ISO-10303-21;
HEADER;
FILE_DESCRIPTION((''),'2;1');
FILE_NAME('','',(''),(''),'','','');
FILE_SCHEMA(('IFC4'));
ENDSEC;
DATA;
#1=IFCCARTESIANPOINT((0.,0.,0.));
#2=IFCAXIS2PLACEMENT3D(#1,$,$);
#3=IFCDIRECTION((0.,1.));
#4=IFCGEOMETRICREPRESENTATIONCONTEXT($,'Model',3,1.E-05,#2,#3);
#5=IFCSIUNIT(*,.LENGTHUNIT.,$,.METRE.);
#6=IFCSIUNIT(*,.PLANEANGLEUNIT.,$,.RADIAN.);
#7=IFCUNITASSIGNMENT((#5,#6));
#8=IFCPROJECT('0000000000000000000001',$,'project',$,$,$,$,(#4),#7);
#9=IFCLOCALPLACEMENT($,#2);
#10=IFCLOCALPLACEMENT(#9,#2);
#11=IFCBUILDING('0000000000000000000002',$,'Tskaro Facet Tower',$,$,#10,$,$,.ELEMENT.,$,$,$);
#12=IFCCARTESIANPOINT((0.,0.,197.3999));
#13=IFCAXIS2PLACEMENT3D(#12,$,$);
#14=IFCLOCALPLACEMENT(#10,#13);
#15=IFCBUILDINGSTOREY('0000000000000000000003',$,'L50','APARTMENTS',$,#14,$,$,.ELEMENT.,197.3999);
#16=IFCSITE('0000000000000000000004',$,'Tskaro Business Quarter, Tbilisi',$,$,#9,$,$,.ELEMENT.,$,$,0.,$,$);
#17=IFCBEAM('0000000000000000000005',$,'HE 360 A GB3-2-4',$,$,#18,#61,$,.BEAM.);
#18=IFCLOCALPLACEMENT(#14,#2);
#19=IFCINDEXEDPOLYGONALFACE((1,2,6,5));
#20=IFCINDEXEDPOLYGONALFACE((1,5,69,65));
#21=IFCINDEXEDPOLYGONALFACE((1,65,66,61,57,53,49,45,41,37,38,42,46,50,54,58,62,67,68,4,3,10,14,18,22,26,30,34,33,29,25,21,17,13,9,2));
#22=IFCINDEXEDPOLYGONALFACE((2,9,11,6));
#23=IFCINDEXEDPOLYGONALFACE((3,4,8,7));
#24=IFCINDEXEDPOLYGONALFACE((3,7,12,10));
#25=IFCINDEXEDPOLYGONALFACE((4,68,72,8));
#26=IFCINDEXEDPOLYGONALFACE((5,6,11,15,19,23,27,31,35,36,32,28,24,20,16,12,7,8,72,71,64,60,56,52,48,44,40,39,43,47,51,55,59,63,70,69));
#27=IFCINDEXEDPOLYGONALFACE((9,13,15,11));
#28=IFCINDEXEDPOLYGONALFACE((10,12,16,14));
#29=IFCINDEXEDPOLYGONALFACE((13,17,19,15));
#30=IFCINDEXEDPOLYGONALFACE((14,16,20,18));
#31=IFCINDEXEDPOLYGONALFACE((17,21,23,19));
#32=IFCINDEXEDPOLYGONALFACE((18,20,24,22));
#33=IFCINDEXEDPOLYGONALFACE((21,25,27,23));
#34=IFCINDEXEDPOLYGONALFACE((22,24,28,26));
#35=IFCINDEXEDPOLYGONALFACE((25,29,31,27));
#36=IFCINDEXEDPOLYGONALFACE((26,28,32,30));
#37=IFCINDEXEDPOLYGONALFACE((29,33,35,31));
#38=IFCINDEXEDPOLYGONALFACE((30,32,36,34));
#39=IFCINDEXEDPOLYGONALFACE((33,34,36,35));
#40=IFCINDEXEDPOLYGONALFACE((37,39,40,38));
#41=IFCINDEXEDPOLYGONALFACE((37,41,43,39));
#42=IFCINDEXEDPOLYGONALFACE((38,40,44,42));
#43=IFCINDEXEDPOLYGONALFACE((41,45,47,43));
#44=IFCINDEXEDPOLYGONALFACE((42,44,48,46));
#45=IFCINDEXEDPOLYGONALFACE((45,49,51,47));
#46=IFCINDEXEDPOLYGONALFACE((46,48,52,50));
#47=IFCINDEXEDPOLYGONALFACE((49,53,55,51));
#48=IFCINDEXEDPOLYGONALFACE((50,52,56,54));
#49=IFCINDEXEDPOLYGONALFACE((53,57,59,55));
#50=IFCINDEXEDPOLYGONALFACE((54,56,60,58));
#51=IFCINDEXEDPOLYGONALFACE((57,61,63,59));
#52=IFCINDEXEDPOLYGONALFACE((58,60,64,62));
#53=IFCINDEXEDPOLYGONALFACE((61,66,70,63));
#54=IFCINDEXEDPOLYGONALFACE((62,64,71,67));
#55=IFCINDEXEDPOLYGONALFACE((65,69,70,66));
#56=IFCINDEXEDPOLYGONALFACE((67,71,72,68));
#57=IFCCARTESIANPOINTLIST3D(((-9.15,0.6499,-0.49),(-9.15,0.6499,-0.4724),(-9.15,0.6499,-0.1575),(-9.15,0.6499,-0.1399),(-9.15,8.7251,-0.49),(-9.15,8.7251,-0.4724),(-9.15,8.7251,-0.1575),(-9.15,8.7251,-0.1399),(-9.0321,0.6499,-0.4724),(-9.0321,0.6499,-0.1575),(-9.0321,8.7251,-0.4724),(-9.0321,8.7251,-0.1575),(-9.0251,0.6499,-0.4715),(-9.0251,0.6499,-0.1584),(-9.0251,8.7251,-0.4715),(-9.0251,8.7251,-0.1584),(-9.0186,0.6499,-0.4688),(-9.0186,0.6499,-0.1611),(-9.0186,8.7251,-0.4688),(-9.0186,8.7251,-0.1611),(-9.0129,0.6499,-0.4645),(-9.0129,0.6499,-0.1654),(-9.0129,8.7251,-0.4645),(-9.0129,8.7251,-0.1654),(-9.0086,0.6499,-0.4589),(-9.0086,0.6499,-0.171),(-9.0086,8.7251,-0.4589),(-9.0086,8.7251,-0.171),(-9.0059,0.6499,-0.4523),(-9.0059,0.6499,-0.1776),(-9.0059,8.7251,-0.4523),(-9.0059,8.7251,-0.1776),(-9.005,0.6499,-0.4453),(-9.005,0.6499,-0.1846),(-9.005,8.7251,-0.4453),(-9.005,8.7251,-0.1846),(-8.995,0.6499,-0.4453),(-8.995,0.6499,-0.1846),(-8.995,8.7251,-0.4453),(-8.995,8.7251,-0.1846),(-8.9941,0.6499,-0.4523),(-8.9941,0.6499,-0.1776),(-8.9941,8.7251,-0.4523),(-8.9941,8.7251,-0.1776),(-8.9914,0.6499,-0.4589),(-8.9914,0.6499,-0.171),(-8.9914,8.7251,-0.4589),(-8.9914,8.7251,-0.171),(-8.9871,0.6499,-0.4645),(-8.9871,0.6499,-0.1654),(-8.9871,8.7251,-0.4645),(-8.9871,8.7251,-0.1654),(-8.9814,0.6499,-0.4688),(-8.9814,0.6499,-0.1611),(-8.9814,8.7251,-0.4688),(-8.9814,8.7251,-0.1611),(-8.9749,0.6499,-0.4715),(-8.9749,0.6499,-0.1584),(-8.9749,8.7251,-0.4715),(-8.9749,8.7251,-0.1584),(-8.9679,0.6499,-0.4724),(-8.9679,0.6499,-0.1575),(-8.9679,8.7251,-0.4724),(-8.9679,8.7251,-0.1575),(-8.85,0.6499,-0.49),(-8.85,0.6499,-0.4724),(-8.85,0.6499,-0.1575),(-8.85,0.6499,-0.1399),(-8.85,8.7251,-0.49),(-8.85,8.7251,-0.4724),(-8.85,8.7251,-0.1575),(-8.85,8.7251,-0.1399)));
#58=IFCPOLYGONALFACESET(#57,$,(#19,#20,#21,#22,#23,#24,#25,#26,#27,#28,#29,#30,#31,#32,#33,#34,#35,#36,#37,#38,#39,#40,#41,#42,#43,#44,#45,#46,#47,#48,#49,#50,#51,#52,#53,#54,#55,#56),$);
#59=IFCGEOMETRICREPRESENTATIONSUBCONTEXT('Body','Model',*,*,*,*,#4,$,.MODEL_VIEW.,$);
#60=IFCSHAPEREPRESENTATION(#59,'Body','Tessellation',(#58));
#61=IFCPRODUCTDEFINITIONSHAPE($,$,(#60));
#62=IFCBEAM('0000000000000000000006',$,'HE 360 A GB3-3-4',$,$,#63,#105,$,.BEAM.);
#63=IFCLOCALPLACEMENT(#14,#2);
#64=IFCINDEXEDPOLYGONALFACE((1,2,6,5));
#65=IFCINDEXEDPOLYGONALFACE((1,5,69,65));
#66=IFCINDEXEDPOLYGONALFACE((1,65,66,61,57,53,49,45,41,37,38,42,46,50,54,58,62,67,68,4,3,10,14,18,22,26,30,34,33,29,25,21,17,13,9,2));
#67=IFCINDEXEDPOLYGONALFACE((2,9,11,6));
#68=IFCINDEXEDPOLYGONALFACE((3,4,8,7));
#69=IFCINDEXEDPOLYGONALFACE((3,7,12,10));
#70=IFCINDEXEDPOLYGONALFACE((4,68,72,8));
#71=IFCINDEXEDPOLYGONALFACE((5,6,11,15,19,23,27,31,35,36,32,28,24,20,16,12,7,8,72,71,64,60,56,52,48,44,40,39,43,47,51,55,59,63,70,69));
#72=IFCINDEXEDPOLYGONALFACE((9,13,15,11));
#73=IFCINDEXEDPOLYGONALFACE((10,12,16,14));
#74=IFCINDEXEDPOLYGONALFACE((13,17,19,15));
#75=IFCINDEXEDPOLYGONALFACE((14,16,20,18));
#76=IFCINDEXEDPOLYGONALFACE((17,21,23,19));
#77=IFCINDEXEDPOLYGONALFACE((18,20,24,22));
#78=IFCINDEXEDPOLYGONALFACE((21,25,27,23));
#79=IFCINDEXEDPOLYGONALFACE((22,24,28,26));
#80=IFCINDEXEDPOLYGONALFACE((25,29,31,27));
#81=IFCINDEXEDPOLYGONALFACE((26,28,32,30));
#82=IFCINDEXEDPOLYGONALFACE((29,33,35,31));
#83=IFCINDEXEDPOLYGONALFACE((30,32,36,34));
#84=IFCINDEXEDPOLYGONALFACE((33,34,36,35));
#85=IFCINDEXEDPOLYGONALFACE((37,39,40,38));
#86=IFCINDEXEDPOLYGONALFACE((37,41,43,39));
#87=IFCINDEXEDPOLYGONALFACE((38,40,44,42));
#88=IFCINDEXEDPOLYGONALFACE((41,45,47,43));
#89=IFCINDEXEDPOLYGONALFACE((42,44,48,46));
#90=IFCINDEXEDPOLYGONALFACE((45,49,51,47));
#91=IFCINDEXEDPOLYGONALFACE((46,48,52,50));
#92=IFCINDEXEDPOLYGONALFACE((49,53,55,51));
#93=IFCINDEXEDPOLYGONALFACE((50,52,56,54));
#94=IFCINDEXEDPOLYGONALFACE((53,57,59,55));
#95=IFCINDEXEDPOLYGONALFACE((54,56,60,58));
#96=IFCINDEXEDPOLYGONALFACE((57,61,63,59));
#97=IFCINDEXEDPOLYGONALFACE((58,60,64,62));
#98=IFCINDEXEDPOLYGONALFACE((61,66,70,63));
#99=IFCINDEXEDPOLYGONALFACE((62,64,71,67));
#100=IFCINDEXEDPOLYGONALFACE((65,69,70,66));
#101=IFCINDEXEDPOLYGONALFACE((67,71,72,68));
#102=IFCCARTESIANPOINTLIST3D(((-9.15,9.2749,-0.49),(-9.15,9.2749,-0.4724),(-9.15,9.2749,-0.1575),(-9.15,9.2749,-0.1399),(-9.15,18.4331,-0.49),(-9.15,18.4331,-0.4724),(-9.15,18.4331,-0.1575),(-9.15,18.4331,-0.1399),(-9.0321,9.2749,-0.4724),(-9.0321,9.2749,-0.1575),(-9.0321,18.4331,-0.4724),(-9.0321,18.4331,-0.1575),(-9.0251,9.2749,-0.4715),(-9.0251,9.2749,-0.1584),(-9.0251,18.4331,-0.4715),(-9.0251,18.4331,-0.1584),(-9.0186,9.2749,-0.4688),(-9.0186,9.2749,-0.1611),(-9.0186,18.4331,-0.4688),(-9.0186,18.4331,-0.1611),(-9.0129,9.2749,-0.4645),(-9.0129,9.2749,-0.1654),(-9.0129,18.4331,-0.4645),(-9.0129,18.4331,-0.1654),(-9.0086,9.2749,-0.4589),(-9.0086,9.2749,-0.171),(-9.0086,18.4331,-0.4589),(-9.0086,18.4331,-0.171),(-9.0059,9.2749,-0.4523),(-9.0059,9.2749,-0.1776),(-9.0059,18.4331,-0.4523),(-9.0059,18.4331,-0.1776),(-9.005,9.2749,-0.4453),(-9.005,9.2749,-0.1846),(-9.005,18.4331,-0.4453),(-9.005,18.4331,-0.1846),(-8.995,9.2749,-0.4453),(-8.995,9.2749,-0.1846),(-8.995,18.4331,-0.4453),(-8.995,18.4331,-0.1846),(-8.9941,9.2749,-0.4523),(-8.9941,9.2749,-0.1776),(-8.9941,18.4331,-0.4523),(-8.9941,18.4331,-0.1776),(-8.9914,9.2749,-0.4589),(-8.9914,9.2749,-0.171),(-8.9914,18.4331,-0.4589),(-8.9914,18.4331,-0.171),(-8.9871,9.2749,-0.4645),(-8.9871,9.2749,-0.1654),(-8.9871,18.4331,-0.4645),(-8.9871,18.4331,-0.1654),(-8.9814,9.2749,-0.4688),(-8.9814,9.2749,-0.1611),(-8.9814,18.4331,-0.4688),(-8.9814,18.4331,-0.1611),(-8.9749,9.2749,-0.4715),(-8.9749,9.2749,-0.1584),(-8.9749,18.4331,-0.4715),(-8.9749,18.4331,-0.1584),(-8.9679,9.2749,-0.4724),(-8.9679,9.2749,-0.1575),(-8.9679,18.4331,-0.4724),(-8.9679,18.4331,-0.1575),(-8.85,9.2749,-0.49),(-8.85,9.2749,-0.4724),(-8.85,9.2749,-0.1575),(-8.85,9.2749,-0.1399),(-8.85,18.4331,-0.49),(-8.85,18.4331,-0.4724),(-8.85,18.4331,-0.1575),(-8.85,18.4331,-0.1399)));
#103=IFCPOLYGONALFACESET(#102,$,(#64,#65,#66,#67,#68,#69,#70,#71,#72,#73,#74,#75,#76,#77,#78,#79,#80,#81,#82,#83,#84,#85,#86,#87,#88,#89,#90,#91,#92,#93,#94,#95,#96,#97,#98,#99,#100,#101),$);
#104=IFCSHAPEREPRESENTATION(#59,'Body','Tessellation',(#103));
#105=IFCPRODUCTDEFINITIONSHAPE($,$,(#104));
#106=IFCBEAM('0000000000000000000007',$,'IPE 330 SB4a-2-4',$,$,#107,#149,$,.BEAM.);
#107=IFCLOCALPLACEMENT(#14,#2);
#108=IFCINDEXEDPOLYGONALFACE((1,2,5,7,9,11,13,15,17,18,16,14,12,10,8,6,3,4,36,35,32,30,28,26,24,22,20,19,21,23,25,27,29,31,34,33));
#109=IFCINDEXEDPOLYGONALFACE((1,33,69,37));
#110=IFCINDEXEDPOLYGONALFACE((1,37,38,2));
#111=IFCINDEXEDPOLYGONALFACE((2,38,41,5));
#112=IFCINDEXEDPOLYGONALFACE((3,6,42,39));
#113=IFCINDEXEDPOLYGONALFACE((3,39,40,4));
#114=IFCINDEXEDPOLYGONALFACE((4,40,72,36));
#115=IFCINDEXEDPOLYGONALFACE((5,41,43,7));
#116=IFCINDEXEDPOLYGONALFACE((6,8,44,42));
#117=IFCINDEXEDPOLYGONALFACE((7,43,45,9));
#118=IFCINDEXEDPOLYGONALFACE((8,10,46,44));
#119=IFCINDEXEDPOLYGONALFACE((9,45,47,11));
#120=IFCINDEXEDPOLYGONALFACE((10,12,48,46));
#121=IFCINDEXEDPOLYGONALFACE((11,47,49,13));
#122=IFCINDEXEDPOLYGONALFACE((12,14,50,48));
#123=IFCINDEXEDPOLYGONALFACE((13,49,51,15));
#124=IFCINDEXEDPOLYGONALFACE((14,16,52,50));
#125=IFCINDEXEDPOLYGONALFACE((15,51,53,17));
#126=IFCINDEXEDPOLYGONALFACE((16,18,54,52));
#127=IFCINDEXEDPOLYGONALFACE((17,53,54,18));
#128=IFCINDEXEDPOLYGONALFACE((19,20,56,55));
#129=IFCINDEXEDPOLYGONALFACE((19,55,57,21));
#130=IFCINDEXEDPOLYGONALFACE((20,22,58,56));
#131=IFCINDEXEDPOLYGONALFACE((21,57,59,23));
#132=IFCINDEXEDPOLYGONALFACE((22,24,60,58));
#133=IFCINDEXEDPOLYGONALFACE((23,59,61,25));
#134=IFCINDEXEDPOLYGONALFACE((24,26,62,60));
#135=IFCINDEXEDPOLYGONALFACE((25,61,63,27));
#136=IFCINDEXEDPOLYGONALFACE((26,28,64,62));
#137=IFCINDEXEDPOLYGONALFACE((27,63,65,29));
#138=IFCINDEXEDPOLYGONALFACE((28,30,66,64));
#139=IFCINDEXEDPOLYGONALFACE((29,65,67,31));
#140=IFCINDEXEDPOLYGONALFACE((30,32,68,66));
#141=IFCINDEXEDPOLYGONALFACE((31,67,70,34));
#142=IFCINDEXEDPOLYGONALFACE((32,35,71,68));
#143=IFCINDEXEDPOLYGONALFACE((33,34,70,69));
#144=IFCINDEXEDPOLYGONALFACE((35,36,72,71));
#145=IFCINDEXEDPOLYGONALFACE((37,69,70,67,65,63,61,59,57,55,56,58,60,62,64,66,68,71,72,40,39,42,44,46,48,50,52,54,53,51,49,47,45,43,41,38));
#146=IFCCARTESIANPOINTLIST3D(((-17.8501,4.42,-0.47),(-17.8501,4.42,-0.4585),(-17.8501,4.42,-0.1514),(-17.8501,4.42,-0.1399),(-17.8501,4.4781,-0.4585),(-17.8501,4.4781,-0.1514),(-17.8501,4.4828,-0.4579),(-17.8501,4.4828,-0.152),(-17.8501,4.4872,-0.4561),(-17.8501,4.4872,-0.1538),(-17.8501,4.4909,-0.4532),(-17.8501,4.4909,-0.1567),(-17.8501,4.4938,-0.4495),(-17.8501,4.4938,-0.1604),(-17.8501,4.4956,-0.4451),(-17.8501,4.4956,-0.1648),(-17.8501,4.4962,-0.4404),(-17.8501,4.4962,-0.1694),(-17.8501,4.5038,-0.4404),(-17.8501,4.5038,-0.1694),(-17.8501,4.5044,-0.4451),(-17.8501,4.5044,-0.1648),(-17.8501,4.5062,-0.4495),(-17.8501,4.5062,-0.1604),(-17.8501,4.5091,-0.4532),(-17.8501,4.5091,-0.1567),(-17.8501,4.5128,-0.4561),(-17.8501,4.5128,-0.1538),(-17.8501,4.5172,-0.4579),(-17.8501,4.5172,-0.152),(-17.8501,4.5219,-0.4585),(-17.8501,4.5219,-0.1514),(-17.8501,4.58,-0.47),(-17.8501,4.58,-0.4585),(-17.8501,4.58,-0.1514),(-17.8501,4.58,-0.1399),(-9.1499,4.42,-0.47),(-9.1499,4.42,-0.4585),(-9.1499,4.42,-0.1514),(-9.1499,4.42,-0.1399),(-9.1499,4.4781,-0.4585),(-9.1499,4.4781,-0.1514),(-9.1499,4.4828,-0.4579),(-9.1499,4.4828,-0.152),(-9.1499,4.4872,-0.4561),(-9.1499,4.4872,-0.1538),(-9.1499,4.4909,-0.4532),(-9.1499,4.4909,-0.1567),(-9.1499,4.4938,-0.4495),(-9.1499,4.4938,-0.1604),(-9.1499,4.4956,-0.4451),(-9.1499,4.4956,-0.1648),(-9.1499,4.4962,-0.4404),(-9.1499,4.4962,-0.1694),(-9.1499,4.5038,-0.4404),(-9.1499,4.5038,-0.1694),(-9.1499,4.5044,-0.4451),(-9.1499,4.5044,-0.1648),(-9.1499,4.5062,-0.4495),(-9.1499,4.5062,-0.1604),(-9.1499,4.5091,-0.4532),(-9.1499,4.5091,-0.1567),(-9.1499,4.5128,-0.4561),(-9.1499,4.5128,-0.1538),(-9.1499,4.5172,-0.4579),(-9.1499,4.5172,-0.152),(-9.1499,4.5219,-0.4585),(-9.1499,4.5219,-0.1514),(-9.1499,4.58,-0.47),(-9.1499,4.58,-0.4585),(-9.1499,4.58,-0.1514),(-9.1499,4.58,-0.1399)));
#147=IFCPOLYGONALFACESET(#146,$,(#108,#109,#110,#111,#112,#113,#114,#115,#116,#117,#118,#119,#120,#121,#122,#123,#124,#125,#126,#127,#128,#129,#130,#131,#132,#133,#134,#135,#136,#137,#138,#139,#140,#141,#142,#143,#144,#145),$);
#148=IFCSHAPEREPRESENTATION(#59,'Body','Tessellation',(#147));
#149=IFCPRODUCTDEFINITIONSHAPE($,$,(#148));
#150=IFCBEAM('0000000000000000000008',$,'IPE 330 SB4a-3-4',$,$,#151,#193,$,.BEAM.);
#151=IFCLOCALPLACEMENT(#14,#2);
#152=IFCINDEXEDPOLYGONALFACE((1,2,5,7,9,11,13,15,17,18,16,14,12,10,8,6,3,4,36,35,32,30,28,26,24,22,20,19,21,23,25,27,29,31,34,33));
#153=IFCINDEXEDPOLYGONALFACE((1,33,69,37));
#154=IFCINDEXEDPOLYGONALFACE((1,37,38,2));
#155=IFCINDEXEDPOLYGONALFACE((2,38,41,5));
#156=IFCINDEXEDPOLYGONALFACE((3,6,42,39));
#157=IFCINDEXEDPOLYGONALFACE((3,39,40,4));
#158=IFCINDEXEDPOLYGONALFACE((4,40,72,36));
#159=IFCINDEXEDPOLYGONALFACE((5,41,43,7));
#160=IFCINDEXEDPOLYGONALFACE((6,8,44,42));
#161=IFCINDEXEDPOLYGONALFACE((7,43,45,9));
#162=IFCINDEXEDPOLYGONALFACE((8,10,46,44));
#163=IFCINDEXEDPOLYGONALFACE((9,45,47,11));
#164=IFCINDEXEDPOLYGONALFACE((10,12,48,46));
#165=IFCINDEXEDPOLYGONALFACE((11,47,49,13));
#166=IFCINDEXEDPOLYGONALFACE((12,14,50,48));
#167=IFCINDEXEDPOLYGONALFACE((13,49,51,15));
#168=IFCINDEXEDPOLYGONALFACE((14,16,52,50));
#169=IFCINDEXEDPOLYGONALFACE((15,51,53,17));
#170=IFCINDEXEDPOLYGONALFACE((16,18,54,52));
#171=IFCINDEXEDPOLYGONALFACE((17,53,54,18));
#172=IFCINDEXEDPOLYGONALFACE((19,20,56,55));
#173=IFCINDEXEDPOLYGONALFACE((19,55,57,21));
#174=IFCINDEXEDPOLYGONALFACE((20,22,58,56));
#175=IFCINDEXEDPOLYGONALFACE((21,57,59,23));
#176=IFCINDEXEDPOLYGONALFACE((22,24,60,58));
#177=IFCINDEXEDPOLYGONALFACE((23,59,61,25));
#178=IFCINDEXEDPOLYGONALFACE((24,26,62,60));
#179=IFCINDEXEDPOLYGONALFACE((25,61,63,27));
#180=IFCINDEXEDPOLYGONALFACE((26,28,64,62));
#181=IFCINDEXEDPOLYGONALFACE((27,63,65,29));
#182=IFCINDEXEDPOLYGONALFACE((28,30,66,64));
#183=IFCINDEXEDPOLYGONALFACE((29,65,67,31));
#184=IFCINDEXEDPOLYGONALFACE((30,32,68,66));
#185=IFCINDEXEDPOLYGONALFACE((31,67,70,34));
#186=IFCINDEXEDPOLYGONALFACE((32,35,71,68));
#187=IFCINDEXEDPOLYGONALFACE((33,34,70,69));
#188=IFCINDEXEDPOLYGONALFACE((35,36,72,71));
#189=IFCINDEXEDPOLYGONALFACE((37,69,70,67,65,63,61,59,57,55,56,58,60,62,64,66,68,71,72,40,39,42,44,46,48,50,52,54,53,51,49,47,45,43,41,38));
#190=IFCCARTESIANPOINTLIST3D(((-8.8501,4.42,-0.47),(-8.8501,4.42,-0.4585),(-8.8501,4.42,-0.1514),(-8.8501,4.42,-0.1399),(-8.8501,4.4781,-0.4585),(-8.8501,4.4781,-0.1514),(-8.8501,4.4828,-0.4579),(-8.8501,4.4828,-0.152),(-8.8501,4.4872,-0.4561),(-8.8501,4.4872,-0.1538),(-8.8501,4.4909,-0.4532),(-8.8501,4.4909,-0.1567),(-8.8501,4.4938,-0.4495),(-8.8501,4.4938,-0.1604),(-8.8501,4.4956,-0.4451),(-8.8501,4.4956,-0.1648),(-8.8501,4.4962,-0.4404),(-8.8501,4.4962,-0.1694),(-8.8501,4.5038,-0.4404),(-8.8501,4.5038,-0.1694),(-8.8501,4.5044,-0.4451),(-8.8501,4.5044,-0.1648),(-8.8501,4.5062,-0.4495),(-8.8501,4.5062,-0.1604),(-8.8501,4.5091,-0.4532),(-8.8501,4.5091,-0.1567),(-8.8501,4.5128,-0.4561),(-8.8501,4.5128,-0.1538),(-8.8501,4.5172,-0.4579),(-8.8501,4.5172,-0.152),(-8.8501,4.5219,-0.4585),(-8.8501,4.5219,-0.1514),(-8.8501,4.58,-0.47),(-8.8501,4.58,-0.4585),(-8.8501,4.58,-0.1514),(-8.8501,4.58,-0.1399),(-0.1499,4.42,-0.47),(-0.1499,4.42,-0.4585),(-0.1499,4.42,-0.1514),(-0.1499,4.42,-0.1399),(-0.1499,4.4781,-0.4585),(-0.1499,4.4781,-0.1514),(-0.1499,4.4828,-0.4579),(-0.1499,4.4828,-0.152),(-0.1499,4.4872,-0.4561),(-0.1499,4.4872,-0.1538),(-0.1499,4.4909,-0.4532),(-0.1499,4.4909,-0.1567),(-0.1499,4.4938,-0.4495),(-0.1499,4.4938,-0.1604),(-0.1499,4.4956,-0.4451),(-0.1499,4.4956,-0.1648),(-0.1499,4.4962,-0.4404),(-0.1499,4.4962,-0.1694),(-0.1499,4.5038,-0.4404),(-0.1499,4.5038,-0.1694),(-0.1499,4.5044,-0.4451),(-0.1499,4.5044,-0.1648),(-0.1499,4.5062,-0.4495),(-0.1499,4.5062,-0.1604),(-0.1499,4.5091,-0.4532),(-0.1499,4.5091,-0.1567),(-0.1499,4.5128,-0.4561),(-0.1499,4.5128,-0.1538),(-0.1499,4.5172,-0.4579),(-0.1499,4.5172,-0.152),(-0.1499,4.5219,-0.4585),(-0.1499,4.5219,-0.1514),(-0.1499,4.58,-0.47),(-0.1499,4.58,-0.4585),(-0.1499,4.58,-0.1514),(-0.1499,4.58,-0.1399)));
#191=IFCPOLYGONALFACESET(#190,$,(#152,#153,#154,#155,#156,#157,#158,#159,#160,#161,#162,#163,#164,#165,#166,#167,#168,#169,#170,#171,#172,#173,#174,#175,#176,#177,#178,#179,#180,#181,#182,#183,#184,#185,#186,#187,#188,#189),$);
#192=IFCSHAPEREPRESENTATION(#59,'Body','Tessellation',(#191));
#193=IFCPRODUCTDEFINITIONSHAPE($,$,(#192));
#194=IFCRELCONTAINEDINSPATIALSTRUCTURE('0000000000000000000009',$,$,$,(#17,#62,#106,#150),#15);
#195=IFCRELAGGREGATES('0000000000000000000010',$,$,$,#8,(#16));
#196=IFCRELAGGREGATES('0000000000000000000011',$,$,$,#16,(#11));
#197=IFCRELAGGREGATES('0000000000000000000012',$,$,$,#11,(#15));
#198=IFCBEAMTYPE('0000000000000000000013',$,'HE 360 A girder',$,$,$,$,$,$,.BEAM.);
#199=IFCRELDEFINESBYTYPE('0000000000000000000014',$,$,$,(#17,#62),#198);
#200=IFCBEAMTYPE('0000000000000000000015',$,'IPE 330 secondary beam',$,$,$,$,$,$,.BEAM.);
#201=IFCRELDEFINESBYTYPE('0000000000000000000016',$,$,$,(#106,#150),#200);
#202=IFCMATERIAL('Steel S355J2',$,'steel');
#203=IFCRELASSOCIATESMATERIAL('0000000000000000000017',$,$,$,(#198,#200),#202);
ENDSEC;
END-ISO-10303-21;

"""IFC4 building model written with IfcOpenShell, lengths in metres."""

from ifc_helpers import new_model, si_unit, direction, frame, origin, origin_2d, place, context, subcontext, project, spatial, i_section, extrude, material, material_profile, profile_set, type_object, element, save


model = new_model("IFC4")

# Units and contexts
model_context = context("Model", 3, precision=1e-05, world=origin(), true_north=direction((0.0, 1.0)))
body_context = subcontext(model_context, "Body", "Model", "MODEL_VIEW")
ifc_project = project(units=[si_unit("LENGTHUNIT", "METRE"), si_unit("PLANEANGLEUNIT", "RADIAN")], contexts=[model_context])

# Site, building, storey
site_placement = place(None, origin())
site = spatial("IfcSite", under=ifc_project, at=site_placement, Name="Tskaro Business Quarter, Tbilisi", CompositionType="ELEMENT", RefElevation=0.0)
building_placement = place(site_placement, origin())
building = spatial("IfcBuilding", under=site, at=building_placement, Name="Tskaro Facet Tower", CompositionType="ELEMENT")
storey_placement = place(building_placement, frame((0.0, 0.0, 197.3999)))
storey = spatial("IfcBuildingStorey", under=building, at=storey_placement, Name="L50", Description="APARTMENTS", CompositionType="ELEMENT", Elevation=197.3999)

# Beams
ifc_material_1 = material(Name="Steel S355J2", Category="steel")
ifc_material_profile_1 = material_profile(ifc_material_1, i_section(OverallWidth=0.3, OverallDepth=0.3501, WebThickness=0.01, FlangeThickness=0.0176, FilletRadius=0.0271, at=origin_2d()), Name="HE 360 A")
ifc_profile_set_1 = profile_set([ifc_material_profile_1], Name="Steel S355J2")
beam_type_1 = type_object("IfcBeamType", Name="HE 360 A girder", PredefinedType="BEAM", material=ifc_profile_set_1)
beam_1_placement = place(storey_placement, frame((-9.0, 0.6499, -0.3149), z_axis=(0.0, 1.0, 0.0), x_axis=(-1.0, 0.0, 0.0)))
element("IfcBeam", 1, at=beam_1_placement, inside=storey, type_object=beam_type_1, Name="HE 360 A GB3-2-4", PredefinedType="BEAM", context=body_context, shape_type="SweptSolid", body=[
    extrude(i_section(OverallWidth=0.3, OverallDepth=0.3501, WebThickness=0.01, FlangeThickness=0.0176, FilletRadius=0.0271, at=origin_2d()), origin(), (0.0, 0.0, 1.0), 8.0752),
])
beam_2_placement = place(storey_placement, frame((-9.0, 9.2749, -0.3149), z_axis=(0.0, 1.0, 0.0), x_axis=(-1.0, 0.0, 0.0)))
element("IfcBeam", 2, at=beam_2_placement, inside=storey, type_object=beam_type_1, Name="HE 360 A GB3-3-4", PredefinedType="BEAM", context=body_context, shape_type="SweptSolid", body=[
    extrude(i_section(OverallWidth=0.3, OverallDepth=0.3501, WebThickness=0.01, FlangeThickness=0.0176, FilletRadius=0.0271, at=origin_2d()), origin(), (0.0, 0.0, 1.0), 9.1582),
])
ifc_material_profile_2 = material_profile(ifc_material_1, i_section(OverallWidth=0.1599, OverallDepth=0.3301, WebThickness=0.0076, FlangeThickness=0.0115, FilletRadius=0.0181, at=origin_2d()), Name="IPE 330")
ifc_profile_set_2 = profile_set([ifc_material_profile_2], Name="Steel S355J2")
beam_type_2 = type_object("IfcBeamType", Name="IPE 330 secondary beam", PredefinedType="BEAM", material=ifc_profile_set_2)
for number, where, z_axis, x_axis, name in (
    (3, (-17.8501, 4.5, -0.3049), (1.0, 0.0, 0.0), (0.0, 1.0, 0.0), "IPE 330 SB4a-2-4"),
    (4, (-8.8501, 4.5, -0.3049), (1.0, 0.0, 0.0), (0.0, 1.0, 0.0), "IPE 330 SB4a-3-4"),
):
    element("IfcBeam", number, at=place(storey_placement, frame(where, z_axis=z_axis, x_axis=x_axis)), inside=storey, type_object=beam_type_2, Name=name, PredefinedType="BEAM", context=body_context, shape_type="SweptSolid", body=[
        extrude(i_section(OverallWidth=0.1599, OverallDepth=0.3301, WebThickness=0.0076, FlangeThickness=0.0115, FilletRadius=0.0181, at=origin_2d()), origin(), (0.0, 0.0, 1.0), 8.7002),
    ])

save(model, "model.ifc")
